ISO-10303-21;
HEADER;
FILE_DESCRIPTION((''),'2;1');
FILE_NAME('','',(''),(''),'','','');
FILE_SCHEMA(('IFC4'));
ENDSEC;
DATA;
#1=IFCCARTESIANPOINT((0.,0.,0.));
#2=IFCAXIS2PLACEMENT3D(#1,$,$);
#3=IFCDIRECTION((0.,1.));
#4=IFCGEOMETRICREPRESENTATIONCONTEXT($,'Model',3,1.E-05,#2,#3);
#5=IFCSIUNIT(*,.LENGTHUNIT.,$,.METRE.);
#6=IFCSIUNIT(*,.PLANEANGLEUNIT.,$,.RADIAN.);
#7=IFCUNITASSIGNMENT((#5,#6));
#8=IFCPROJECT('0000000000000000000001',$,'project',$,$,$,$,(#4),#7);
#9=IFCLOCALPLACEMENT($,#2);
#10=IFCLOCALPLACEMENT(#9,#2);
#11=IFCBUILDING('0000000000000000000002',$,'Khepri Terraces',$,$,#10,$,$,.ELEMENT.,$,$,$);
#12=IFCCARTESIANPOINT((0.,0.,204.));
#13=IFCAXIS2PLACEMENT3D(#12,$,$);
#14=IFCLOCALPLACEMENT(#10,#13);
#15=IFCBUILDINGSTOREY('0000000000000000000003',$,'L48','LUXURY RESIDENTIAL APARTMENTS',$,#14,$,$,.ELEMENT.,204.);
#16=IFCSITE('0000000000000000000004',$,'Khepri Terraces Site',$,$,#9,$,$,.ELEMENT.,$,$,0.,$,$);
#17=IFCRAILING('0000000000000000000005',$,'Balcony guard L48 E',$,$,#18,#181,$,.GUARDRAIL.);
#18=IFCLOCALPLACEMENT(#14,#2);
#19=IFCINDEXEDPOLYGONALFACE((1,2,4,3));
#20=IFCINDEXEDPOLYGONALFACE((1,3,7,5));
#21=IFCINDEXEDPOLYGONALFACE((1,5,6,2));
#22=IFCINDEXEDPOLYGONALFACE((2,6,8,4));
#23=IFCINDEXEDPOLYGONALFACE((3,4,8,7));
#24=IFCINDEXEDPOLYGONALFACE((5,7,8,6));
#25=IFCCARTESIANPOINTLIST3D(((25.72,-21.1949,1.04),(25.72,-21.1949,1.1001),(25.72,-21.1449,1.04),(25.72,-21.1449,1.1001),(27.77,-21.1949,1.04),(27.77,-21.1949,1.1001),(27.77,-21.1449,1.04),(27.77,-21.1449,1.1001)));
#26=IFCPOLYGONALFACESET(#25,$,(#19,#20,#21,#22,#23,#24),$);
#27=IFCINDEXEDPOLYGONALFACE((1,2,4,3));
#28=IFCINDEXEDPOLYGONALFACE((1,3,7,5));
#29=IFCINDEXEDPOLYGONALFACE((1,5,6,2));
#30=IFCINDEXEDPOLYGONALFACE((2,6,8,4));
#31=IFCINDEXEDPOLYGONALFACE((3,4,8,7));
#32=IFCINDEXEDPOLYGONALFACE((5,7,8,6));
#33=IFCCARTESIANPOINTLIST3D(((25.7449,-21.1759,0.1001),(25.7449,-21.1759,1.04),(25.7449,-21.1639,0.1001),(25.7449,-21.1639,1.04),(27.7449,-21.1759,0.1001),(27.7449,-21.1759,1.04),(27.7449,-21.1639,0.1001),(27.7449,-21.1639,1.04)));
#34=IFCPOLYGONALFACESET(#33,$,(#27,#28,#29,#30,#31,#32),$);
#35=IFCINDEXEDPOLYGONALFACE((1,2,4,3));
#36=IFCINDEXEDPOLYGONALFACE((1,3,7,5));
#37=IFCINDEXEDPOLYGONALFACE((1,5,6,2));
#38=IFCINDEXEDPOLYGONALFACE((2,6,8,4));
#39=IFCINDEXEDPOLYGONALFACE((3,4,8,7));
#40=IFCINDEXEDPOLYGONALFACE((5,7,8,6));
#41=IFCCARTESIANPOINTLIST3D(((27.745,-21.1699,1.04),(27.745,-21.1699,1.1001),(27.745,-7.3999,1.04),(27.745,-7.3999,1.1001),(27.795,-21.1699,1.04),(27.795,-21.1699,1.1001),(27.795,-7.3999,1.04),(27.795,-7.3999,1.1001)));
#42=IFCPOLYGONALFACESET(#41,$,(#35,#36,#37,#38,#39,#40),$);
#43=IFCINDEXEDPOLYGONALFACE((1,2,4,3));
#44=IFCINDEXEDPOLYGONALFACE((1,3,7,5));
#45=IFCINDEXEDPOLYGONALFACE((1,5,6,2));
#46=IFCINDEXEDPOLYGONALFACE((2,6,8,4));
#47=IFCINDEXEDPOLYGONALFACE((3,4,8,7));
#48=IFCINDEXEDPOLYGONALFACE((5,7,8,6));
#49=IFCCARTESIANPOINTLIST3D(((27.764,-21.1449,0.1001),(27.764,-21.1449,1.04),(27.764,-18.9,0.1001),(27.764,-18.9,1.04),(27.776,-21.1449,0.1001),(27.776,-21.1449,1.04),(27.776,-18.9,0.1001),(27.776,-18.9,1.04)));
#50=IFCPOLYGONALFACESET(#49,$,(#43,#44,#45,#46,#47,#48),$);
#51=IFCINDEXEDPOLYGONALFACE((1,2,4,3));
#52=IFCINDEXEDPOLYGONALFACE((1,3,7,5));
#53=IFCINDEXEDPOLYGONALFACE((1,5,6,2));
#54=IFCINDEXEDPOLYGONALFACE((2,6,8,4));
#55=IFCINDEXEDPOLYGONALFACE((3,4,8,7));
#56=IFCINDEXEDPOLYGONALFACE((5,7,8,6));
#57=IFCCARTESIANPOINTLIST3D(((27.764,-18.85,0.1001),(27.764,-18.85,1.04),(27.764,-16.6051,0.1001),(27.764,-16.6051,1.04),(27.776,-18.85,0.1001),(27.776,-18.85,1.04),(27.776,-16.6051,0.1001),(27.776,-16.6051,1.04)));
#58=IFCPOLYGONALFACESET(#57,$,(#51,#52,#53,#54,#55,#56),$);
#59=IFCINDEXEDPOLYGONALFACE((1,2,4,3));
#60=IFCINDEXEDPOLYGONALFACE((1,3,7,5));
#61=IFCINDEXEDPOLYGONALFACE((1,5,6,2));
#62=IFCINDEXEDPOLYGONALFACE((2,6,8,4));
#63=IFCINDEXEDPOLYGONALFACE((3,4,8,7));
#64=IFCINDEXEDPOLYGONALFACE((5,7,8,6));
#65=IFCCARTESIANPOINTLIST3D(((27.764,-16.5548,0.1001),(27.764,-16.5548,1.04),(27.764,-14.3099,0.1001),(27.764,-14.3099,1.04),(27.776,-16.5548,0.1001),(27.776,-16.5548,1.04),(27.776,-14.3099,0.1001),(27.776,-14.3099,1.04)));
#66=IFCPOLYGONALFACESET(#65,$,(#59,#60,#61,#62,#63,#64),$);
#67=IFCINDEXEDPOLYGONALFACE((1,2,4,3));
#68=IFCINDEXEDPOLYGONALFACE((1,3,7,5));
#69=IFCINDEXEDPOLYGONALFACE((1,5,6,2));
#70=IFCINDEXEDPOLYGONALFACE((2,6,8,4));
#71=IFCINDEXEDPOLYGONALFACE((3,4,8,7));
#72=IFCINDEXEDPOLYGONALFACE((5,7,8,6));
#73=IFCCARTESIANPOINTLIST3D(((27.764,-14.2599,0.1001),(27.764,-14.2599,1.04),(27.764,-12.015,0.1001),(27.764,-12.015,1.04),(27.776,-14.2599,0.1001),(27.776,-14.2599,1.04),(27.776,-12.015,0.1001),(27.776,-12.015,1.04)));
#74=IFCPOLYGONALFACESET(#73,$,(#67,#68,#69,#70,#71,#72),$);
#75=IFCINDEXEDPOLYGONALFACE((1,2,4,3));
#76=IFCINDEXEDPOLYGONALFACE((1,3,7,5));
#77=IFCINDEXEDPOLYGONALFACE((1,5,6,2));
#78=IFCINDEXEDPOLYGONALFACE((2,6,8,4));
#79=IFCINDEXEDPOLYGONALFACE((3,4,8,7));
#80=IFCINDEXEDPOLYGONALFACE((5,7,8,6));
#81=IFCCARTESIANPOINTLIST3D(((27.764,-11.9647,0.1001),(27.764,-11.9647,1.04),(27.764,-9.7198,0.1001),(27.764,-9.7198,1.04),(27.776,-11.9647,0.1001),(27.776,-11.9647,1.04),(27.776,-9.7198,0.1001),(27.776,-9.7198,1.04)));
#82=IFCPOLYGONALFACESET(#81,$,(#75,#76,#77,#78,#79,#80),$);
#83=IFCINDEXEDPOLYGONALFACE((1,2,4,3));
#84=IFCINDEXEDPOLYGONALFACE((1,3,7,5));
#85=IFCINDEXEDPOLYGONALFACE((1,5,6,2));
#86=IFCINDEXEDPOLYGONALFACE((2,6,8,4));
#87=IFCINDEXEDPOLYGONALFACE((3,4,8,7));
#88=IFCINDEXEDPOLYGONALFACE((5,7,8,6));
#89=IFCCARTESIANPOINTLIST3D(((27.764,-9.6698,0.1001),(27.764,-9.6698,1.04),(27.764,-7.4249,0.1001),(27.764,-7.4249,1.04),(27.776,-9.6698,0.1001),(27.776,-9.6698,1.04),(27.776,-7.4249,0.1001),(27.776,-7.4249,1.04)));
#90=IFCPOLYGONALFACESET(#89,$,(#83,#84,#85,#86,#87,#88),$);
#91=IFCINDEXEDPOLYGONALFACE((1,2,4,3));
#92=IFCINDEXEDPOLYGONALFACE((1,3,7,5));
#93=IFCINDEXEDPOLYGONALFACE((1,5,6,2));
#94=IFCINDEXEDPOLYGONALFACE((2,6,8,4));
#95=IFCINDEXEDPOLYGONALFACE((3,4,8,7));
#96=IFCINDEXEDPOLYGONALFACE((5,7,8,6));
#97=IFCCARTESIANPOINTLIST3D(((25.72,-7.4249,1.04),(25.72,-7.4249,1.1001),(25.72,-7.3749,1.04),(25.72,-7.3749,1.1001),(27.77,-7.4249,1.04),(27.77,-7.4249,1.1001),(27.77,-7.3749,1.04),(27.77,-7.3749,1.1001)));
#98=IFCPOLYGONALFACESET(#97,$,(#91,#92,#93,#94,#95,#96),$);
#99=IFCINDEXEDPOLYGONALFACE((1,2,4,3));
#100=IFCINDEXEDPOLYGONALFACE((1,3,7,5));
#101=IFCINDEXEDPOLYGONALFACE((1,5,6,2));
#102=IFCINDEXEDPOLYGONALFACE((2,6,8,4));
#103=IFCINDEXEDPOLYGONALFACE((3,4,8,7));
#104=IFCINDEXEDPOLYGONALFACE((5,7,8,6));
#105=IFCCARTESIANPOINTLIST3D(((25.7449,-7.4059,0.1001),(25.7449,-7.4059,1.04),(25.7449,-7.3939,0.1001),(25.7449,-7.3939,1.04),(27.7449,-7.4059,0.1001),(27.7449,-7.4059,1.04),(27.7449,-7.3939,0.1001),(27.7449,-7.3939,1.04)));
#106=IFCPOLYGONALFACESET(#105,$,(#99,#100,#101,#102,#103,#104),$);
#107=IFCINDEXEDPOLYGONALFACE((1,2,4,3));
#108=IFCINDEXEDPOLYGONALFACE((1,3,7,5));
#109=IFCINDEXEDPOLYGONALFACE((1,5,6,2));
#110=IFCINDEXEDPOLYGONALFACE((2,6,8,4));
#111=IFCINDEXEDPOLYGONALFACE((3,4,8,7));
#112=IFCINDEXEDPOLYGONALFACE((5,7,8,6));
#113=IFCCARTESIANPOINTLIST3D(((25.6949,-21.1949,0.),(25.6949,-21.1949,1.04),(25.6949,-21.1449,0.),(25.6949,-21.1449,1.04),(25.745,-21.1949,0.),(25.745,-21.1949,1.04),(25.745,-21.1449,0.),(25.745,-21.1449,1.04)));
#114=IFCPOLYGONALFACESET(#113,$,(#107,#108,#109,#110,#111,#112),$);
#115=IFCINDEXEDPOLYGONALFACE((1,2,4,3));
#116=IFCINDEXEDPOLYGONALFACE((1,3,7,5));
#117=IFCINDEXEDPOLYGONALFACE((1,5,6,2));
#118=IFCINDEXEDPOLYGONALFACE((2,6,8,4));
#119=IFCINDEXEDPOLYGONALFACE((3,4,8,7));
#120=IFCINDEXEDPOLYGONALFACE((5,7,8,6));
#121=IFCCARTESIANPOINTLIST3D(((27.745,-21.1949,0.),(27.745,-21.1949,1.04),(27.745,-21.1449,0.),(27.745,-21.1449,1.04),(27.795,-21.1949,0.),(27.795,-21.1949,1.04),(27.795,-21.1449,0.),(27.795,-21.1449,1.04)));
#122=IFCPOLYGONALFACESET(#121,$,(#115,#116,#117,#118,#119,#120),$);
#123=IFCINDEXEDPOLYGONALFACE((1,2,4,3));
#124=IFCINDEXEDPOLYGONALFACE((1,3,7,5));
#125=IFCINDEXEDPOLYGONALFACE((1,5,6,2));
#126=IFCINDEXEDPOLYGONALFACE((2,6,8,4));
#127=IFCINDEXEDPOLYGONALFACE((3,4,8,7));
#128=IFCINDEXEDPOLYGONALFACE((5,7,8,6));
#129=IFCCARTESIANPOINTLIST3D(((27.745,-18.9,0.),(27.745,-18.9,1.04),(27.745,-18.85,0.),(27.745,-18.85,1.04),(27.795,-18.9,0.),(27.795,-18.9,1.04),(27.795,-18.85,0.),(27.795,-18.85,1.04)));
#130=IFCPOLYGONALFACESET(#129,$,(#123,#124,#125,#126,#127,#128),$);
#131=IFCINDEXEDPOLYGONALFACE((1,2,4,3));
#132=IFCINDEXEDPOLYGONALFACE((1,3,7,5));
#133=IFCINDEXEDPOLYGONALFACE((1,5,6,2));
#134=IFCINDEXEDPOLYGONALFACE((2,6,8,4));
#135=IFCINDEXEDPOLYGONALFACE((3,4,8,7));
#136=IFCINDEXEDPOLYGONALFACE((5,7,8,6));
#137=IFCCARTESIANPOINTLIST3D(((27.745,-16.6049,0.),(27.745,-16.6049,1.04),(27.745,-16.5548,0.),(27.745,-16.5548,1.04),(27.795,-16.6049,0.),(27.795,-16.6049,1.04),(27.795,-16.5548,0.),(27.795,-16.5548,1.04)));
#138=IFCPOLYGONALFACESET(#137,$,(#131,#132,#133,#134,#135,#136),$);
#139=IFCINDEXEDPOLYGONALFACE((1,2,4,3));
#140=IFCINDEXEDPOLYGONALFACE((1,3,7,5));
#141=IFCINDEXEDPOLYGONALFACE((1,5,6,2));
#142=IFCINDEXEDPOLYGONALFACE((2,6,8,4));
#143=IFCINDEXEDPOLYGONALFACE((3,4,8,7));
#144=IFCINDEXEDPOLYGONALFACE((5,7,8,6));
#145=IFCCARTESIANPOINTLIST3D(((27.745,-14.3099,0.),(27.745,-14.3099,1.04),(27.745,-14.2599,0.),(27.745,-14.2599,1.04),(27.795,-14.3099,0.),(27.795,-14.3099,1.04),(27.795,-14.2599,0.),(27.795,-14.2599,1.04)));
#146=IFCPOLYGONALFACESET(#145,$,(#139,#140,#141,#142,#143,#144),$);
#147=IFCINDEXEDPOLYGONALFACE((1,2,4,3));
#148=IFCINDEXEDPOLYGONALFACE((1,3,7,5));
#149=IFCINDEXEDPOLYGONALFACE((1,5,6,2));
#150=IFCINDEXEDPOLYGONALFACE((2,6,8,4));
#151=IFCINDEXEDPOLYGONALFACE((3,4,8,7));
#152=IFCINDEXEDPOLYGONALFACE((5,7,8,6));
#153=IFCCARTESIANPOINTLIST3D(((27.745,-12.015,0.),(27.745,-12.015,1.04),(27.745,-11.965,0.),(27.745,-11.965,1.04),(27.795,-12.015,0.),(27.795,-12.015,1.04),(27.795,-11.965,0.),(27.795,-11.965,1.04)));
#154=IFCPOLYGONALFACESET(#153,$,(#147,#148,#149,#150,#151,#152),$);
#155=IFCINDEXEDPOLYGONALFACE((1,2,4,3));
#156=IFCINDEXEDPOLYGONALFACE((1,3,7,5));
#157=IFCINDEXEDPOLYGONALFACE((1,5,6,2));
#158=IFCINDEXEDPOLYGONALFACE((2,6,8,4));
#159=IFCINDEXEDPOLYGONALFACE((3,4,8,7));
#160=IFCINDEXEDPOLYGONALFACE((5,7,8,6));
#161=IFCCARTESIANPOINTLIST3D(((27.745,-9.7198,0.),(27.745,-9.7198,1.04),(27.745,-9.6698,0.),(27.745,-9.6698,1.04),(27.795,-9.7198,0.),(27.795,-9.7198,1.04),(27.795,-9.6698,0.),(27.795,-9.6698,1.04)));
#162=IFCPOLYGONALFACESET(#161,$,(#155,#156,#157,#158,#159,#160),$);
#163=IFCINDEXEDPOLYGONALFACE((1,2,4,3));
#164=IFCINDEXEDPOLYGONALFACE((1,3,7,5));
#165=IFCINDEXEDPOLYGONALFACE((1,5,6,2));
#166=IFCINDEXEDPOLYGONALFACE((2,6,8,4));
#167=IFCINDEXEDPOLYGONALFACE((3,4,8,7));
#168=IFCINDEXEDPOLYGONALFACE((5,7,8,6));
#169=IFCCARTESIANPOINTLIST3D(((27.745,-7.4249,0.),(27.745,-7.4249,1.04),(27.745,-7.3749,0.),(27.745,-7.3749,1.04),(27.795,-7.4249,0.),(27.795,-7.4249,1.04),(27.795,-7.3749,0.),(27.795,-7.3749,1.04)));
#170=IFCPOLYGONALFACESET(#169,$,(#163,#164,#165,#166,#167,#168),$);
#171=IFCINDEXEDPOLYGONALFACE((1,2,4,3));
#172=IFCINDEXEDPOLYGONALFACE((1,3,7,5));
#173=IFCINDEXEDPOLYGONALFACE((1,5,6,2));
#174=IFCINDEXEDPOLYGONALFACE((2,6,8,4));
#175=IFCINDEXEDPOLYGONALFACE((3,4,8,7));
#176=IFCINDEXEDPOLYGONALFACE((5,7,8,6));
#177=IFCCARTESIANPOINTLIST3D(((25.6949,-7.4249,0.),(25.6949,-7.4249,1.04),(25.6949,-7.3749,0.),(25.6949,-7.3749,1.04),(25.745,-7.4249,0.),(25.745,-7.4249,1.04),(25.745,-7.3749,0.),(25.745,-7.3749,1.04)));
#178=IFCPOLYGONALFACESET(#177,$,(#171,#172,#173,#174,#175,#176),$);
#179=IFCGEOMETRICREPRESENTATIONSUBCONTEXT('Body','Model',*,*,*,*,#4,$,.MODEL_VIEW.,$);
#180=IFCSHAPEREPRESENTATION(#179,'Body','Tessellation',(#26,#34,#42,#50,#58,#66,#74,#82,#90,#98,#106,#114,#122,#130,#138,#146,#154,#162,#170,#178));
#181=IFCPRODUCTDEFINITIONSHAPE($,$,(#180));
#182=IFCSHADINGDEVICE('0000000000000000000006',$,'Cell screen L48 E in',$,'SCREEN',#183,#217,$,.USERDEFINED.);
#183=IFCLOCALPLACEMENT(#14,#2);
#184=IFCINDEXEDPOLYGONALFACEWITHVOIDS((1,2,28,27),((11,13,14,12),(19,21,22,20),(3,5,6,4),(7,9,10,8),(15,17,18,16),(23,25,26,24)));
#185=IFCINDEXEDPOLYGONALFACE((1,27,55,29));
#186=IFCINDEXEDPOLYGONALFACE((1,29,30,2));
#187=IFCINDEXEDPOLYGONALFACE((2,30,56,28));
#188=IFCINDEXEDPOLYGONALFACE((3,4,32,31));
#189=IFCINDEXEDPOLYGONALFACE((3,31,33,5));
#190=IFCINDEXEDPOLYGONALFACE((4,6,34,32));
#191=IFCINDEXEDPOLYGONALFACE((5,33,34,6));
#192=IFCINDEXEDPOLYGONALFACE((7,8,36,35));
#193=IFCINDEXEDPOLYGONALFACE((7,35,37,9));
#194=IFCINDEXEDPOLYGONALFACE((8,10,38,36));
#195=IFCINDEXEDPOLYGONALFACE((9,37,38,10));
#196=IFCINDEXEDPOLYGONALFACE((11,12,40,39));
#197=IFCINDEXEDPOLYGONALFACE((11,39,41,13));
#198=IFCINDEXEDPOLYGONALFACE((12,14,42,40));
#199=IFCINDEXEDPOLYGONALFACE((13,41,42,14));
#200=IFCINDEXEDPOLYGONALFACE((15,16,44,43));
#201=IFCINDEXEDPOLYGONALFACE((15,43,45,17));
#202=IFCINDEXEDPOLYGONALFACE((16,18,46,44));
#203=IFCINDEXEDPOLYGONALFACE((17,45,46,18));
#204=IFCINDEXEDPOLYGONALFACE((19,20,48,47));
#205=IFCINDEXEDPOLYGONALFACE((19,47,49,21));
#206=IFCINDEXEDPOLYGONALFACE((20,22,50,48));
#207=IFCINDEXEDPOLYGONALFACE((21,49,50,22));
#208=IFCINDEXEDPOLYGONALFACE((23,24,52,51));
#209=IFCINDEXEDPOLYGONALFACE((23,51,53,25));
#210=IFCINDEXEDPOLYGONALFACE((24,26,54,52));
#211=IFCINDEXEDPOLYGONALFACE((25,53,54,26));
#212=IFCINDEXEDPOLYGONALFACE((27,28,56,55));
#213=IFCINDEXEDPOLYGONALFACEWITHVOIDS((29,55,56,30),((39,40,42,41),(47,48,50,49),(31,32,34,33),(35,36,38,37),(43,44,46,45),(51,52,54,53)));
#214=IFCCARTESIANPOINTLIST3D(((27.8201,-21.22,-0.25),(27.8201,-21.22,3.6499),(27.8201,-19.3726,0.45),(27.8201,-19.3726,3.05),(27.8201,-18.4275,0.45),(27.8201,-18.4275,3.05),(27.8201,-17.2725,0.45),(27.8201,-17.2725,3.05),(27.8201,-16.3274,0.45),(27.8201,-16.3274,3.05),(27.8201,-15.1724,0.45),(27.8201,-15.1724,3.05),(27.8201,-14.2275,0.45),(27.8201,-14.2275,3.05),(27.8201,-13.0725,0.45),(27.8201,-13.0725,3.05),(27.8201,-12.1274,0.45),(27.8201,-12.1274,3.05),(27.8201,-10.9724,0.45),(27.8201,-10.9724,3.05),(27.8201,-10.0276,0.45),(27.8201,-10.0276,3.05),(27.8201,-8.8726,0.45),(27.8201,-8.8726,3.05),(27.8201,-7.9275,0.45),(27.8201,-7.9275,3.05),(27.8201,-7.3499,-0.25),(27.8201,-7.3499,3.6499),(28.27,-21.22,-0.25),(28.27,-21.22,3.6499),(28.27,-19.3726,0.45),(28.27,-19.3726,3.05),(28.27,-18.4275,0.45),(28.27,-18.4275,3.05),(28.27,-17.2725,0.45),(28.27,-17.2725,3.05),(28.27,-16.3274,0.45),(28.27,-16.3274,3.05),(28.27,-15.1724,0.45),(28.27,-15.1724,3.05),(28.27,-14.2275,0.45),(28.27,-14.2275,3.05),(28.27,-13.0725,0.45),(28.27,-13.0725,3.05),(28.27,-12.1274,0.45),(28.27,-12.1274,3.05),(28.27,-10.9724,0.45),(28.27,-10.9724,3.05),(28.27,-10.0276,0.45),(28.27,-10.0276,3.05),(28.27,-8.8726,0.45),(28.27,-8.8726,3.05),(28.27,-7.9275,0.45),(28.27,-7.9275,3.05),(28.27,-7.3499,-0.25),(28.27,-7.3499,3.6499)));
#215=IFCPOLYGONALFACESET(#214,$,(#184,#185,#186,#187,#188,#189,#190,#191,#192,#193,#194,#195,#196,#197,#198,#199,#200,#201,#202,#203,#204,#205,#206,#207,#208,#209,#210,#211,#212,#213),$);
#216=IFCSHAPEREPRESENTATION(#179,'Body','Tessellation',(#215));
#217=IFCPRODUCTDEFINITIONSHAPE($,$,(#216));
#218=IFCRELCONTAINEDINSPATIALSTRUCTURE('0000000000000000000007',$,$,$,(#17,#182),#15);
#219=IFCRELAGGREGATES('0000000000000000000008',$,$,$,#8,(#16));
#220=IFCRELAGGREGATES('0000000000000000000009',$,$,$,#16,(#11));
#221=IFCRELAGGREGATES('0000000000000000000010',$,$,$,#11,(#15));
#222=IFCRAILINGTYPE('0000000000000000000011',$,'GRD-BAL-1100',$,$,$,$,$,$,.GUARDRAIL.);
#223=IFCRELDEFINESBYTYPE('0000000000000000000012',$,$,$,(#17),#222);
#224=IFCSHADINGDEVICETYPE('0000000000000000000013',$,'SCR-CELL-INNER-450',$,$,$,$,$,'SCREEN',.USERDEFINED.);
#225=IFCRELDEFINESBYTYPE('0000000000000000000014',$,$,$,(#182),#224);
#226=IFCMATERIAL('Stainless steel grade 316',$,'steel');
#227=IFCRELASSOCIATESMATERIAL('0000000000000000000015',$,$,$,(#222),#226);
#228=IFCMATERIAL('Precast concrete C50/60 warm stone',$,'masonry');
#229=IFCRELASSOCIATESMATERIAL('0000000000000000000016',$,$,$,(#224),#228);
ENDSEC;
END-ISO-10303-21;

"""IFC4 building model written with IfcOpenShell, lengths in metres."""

from ifc_helpers import new_model, si_unit, direction, frame, origin, origin_2d, place, context, subcontext, project, spatial, polyline, rectangle, outline, extrude, material, type_object, element, save


model = new_model("IFC4")

# Units and contexts
model_context = context("Model", 3, precision=1e-05, world=origin(), true_north=direction((0.0, 1.0)))
body_context = subcontext(model_context, "Body", "Model", "MODEL_VIEW")
ifc_project = project(units=[si_unit("LENGTHUNIT", "METRE"), si_unit("PLANEANGLEUNIT", "RADIAN")], contexts=[model_context])

# Site, building, storey
site_placement = place(None, origin())
site = spatial("IfcSite", under=ifc_project, at=site_placement, Name="Khepri Terraces Site", CompositionType="ELEMENT", RefElevation=0.0)
building_placement = place(site_placement, origin())
building = spatial("IfcBuilding", under=site, at=building_placement, Name="Khepri Terraces", CompositionType="ELEMENT")
storey_placement = place(building_placement, frame((0.0, 0.0, 204.0)))
storey = spatial("IfcBuildingStorey", under=building, at=storey_placement, Name="L48", Description="LUXURY RESIDENTIAL APARTMENTS", CompositionType="ELEMENT", Elevation=204.0)

# Shared definitions
ifc_material_1 = material(Name="Precast concrete C50/60 warm stone", Category="masonry")

# Railing
ifc_material_2 = material(Name="Stainless steel grade 316", Category="steel")
railing_type = type_object("IfcRailingType", Name="GRD-BAL-1100", PredefinedType="GUARDRAIL", material=ifc_material_2)
railing_placement = place(storey_placement, frame((25.72, -21.1699, 0.0)))
element("IfcRailing", 1, at=railing_placement, inside=storey, type_object=railing_type, Name="Balcony guard L48 E", PredefinedType="GUARDRAIL", context=body_context, shape_type="SweptSolid", body=[
    extrude(rectangle(XDim=0.05, YDim=0.0601, at=origin_2d()), frame((0.0, 0.0, 1.0701), z_axis=(1.0, 0.0, 0.0), x_axis=(0.0, 1.0, 0.0)), (0.0, 0.0, 1.0), 2.05),
    extrude(rectangle(XDim=2.0, YDim=0.012, at=origin_2d()), frame((1.0249, 0.0, 0.1001), z_axis=(0.0, 0.0, 1.0), x_axis=(1.0, 0.0, 0.0)), (0.0, 0.0, 1.0), 0.9399),
    extrude(rectangle(XDim=0.05, YDim=0.0601, at=origin_2d()), frame((2.05, 0.0, 1.0701), z_axis=(0.0, 1.0, 0.0), x_axis=(-1.0, 0.0, 0.0)), (0.0, 0.0, 1.0), 13.77),
    extrude(rectangle(XDim=2.2449, YDim=0.012, at=origin_2d()), frame((2.05, 1.1475, 0.1001), z_axis=(0.0, 0.0, 1.0), x_axis=(0.0, 1.0, 0.0)), (0.0, 0.0, 1.0), 0.9399),
    extrude(rectangle(XDim=2.2449, YDim=0.012, at=origin_2d()), frame((2.05, 3.4424, 0.1001), z_axis=(0.0, 0.0, 1.0), x_axis=(0.0, 1.0, 0.0)), (0.0, 0.0, 1.0), 0.9399),
    extrude(rectangle(XDim=2.2449, YDim=0.012, at=origin_2d()), frame((2.05, 5.7375, 0.1001), z_axis=(0.0, 0.0, 1.0), x_axis=(0.0, 1.0, 0.0)), (0.0, 0.0, 1.0), 0.9399),
    extrude(rectangle(XDim=2.2449, YDim=0.012, at=origin_2d()), frame((2.05, 8.0325, 0.1001), z_axis=(0.0, 0.0, 1.0), x_axis=(0.0, 1.0, 0.0)), (0.0, 0.0, 1.0), 0.9399),
    extrude(rectangle(XDim=2.2449, YDim=0.012, at=origin_2d()), frame((2.05, 10.3276, 0.1001), z_axis=(0.0, 0.0, 1.0), x_axis=(0.0, 1.0, 0.0)), (0.0, 0.0, 1.0), 0.9399),
    extrude(rectangle(XDim=2.2449, YDim=0.012, at=origin_2d()), frame((2.05, 12.6226, 0.1001), z_axis=(0.0, 0.0, 1.0), x_axis=(0.0, 1.0, 0.0)), (0.0, 0.0, 1.0), 0.9399),
    extrude(rectangle(XDim=0.05, YDim=0.0601, at=origin_2d()), frame((2.05, 13.77, 1.0701), z_axis=(-1.0, 0.0, 0.0), x_axis=(0.0, -1.0, 0.0)), (0.0, 0.0, 1.0), 2.05),
    extrude(rectangle(XDim=2.0, YDim=0.012, at=origin_2d()), frame((1.0249, 13.77, 0.1001), z_axis=(0.0, 0.0, 1.0), x_axis=(-1.0, 0.0, 0.0)), (0.0, 0.0, 1.0), 0.9399),
    extrude(rectangle(XDim=0.05, YDim=0.05, at=origin_2d()), origin(), (0.0, 0.0, 1.0), 1.04),
    extrude(rectangle(XDim=0.05, YDim=0.05, at=origin_2d()), frame((2.05, 0.0, 0.0)), (0.0, 0.0, 1.0), 1.04),
    extrude(rectangle(XDim=0.05, YDim=0.05, at=origin_2d()), frame((2.05, 2.2949, 0.0)), (0.0, 0.0, 1.0), 1.04),
    extrude(rectangle(XDim=0.05, YDim=0.05, at=origin_2d()), frame((2.05, 4.5901, 0.0)), (0.0, 0.0, 1.0), 1.04),
    extrude(rectangle(XDim=0.05, YDim=0.05, at=origin_2d()), frame((2.05, 6.885, 0.0)), (0.0, 0.0, 1.0), 1.04),
    extrude(rectangle(XDim=0.05, YDim=0.05, at=origin_2d()), frame((2.05, 9.1799, 0.0)), (0.0, 0.0, 1.0), 1.04),
    extrude(rectangle(XDim=0.05, YDim=0.05, at=origin_2d()), frame((2.05, 11.4751, 0.0)), (0.0, 0.0, 1.0), 1.04),
    extrude(rectangle(XDim=0.05, YDim=0.05, at=origin_2d()), frame((2.05, 13.77, 0.0)), (0.0, 0.0, 1.0), 1.04),
    extrude(rectangle(XDim=0.05, YDim=0.05, at=origin_2d()), frame((0.0, 13.77, 0.0)), (0.0, 0.0, 1.0), 1.04),
])

# Shading device
shading_device_type_1 = type_object("IfcShadingDeviceType", Name="SCR-CELL-INNER-450", ElementType="SCREEN", PredefinedType="USERDEFINED", material=ifc_material_1)
shading_device_1_placement = place(storey_placement, frame((27.8201, -21.22, -0.25), z_axis=(1.0, 0.0, 0.0), x_axis=(0.0, 1.0, 0.0)))
element("IfcShadingDevice", 2, at=shading_device_1_placement, inside=storey, type_object=shading_device_type_1, Name="Cell screen L48 E in", ObjectType="SCREEN", PredefinedType="USERDEFINED", context=body_context, shape_type="SweptSolid", body=[
    extrude(outline(polyline([(0.0, 0.0), (13.8701, 0.0), (13.8701, 3.8999), (0.0, 3.8999), (0.0, 0.0)]), holes=[polyline([(1.8474, 0.7), (2.7925, 0.7), (2.7925, 3.3), (1.8474, 3.3), (1.8474, 0.7)]), polyline([(3.9475, 0.7), (4.8926, 0.7), (4.8926, 3.3), (3.9475, 3.3), (3.9475, 0.7)]), polyline([(6.0476, 0.7), (6.9924, 0.7), (6.9924, 3.3), (6.0476, 3.3), (6.0476, 0.7)]), polyline([(8.1475, 0.7), (9.0925, 0.7), (9.0925, 3.3), (8.1475, 3.3), (8.1475, 0.7)]), polyline([(10.2476, 0.7), (11.1924, 0.7), (11.1924, 3.3), (10.2476, 3.3), (10.2476, 0.7)]), polyline([(12.3474, 0.7), (13.2925, 0.7), (13.2925, 3.3), (12.3474, 3.3), (12.3474, 0.7)])]), origin(), (0.0, 0.0, 1.0), 0.45),
])

save(model, "model.ifc")
